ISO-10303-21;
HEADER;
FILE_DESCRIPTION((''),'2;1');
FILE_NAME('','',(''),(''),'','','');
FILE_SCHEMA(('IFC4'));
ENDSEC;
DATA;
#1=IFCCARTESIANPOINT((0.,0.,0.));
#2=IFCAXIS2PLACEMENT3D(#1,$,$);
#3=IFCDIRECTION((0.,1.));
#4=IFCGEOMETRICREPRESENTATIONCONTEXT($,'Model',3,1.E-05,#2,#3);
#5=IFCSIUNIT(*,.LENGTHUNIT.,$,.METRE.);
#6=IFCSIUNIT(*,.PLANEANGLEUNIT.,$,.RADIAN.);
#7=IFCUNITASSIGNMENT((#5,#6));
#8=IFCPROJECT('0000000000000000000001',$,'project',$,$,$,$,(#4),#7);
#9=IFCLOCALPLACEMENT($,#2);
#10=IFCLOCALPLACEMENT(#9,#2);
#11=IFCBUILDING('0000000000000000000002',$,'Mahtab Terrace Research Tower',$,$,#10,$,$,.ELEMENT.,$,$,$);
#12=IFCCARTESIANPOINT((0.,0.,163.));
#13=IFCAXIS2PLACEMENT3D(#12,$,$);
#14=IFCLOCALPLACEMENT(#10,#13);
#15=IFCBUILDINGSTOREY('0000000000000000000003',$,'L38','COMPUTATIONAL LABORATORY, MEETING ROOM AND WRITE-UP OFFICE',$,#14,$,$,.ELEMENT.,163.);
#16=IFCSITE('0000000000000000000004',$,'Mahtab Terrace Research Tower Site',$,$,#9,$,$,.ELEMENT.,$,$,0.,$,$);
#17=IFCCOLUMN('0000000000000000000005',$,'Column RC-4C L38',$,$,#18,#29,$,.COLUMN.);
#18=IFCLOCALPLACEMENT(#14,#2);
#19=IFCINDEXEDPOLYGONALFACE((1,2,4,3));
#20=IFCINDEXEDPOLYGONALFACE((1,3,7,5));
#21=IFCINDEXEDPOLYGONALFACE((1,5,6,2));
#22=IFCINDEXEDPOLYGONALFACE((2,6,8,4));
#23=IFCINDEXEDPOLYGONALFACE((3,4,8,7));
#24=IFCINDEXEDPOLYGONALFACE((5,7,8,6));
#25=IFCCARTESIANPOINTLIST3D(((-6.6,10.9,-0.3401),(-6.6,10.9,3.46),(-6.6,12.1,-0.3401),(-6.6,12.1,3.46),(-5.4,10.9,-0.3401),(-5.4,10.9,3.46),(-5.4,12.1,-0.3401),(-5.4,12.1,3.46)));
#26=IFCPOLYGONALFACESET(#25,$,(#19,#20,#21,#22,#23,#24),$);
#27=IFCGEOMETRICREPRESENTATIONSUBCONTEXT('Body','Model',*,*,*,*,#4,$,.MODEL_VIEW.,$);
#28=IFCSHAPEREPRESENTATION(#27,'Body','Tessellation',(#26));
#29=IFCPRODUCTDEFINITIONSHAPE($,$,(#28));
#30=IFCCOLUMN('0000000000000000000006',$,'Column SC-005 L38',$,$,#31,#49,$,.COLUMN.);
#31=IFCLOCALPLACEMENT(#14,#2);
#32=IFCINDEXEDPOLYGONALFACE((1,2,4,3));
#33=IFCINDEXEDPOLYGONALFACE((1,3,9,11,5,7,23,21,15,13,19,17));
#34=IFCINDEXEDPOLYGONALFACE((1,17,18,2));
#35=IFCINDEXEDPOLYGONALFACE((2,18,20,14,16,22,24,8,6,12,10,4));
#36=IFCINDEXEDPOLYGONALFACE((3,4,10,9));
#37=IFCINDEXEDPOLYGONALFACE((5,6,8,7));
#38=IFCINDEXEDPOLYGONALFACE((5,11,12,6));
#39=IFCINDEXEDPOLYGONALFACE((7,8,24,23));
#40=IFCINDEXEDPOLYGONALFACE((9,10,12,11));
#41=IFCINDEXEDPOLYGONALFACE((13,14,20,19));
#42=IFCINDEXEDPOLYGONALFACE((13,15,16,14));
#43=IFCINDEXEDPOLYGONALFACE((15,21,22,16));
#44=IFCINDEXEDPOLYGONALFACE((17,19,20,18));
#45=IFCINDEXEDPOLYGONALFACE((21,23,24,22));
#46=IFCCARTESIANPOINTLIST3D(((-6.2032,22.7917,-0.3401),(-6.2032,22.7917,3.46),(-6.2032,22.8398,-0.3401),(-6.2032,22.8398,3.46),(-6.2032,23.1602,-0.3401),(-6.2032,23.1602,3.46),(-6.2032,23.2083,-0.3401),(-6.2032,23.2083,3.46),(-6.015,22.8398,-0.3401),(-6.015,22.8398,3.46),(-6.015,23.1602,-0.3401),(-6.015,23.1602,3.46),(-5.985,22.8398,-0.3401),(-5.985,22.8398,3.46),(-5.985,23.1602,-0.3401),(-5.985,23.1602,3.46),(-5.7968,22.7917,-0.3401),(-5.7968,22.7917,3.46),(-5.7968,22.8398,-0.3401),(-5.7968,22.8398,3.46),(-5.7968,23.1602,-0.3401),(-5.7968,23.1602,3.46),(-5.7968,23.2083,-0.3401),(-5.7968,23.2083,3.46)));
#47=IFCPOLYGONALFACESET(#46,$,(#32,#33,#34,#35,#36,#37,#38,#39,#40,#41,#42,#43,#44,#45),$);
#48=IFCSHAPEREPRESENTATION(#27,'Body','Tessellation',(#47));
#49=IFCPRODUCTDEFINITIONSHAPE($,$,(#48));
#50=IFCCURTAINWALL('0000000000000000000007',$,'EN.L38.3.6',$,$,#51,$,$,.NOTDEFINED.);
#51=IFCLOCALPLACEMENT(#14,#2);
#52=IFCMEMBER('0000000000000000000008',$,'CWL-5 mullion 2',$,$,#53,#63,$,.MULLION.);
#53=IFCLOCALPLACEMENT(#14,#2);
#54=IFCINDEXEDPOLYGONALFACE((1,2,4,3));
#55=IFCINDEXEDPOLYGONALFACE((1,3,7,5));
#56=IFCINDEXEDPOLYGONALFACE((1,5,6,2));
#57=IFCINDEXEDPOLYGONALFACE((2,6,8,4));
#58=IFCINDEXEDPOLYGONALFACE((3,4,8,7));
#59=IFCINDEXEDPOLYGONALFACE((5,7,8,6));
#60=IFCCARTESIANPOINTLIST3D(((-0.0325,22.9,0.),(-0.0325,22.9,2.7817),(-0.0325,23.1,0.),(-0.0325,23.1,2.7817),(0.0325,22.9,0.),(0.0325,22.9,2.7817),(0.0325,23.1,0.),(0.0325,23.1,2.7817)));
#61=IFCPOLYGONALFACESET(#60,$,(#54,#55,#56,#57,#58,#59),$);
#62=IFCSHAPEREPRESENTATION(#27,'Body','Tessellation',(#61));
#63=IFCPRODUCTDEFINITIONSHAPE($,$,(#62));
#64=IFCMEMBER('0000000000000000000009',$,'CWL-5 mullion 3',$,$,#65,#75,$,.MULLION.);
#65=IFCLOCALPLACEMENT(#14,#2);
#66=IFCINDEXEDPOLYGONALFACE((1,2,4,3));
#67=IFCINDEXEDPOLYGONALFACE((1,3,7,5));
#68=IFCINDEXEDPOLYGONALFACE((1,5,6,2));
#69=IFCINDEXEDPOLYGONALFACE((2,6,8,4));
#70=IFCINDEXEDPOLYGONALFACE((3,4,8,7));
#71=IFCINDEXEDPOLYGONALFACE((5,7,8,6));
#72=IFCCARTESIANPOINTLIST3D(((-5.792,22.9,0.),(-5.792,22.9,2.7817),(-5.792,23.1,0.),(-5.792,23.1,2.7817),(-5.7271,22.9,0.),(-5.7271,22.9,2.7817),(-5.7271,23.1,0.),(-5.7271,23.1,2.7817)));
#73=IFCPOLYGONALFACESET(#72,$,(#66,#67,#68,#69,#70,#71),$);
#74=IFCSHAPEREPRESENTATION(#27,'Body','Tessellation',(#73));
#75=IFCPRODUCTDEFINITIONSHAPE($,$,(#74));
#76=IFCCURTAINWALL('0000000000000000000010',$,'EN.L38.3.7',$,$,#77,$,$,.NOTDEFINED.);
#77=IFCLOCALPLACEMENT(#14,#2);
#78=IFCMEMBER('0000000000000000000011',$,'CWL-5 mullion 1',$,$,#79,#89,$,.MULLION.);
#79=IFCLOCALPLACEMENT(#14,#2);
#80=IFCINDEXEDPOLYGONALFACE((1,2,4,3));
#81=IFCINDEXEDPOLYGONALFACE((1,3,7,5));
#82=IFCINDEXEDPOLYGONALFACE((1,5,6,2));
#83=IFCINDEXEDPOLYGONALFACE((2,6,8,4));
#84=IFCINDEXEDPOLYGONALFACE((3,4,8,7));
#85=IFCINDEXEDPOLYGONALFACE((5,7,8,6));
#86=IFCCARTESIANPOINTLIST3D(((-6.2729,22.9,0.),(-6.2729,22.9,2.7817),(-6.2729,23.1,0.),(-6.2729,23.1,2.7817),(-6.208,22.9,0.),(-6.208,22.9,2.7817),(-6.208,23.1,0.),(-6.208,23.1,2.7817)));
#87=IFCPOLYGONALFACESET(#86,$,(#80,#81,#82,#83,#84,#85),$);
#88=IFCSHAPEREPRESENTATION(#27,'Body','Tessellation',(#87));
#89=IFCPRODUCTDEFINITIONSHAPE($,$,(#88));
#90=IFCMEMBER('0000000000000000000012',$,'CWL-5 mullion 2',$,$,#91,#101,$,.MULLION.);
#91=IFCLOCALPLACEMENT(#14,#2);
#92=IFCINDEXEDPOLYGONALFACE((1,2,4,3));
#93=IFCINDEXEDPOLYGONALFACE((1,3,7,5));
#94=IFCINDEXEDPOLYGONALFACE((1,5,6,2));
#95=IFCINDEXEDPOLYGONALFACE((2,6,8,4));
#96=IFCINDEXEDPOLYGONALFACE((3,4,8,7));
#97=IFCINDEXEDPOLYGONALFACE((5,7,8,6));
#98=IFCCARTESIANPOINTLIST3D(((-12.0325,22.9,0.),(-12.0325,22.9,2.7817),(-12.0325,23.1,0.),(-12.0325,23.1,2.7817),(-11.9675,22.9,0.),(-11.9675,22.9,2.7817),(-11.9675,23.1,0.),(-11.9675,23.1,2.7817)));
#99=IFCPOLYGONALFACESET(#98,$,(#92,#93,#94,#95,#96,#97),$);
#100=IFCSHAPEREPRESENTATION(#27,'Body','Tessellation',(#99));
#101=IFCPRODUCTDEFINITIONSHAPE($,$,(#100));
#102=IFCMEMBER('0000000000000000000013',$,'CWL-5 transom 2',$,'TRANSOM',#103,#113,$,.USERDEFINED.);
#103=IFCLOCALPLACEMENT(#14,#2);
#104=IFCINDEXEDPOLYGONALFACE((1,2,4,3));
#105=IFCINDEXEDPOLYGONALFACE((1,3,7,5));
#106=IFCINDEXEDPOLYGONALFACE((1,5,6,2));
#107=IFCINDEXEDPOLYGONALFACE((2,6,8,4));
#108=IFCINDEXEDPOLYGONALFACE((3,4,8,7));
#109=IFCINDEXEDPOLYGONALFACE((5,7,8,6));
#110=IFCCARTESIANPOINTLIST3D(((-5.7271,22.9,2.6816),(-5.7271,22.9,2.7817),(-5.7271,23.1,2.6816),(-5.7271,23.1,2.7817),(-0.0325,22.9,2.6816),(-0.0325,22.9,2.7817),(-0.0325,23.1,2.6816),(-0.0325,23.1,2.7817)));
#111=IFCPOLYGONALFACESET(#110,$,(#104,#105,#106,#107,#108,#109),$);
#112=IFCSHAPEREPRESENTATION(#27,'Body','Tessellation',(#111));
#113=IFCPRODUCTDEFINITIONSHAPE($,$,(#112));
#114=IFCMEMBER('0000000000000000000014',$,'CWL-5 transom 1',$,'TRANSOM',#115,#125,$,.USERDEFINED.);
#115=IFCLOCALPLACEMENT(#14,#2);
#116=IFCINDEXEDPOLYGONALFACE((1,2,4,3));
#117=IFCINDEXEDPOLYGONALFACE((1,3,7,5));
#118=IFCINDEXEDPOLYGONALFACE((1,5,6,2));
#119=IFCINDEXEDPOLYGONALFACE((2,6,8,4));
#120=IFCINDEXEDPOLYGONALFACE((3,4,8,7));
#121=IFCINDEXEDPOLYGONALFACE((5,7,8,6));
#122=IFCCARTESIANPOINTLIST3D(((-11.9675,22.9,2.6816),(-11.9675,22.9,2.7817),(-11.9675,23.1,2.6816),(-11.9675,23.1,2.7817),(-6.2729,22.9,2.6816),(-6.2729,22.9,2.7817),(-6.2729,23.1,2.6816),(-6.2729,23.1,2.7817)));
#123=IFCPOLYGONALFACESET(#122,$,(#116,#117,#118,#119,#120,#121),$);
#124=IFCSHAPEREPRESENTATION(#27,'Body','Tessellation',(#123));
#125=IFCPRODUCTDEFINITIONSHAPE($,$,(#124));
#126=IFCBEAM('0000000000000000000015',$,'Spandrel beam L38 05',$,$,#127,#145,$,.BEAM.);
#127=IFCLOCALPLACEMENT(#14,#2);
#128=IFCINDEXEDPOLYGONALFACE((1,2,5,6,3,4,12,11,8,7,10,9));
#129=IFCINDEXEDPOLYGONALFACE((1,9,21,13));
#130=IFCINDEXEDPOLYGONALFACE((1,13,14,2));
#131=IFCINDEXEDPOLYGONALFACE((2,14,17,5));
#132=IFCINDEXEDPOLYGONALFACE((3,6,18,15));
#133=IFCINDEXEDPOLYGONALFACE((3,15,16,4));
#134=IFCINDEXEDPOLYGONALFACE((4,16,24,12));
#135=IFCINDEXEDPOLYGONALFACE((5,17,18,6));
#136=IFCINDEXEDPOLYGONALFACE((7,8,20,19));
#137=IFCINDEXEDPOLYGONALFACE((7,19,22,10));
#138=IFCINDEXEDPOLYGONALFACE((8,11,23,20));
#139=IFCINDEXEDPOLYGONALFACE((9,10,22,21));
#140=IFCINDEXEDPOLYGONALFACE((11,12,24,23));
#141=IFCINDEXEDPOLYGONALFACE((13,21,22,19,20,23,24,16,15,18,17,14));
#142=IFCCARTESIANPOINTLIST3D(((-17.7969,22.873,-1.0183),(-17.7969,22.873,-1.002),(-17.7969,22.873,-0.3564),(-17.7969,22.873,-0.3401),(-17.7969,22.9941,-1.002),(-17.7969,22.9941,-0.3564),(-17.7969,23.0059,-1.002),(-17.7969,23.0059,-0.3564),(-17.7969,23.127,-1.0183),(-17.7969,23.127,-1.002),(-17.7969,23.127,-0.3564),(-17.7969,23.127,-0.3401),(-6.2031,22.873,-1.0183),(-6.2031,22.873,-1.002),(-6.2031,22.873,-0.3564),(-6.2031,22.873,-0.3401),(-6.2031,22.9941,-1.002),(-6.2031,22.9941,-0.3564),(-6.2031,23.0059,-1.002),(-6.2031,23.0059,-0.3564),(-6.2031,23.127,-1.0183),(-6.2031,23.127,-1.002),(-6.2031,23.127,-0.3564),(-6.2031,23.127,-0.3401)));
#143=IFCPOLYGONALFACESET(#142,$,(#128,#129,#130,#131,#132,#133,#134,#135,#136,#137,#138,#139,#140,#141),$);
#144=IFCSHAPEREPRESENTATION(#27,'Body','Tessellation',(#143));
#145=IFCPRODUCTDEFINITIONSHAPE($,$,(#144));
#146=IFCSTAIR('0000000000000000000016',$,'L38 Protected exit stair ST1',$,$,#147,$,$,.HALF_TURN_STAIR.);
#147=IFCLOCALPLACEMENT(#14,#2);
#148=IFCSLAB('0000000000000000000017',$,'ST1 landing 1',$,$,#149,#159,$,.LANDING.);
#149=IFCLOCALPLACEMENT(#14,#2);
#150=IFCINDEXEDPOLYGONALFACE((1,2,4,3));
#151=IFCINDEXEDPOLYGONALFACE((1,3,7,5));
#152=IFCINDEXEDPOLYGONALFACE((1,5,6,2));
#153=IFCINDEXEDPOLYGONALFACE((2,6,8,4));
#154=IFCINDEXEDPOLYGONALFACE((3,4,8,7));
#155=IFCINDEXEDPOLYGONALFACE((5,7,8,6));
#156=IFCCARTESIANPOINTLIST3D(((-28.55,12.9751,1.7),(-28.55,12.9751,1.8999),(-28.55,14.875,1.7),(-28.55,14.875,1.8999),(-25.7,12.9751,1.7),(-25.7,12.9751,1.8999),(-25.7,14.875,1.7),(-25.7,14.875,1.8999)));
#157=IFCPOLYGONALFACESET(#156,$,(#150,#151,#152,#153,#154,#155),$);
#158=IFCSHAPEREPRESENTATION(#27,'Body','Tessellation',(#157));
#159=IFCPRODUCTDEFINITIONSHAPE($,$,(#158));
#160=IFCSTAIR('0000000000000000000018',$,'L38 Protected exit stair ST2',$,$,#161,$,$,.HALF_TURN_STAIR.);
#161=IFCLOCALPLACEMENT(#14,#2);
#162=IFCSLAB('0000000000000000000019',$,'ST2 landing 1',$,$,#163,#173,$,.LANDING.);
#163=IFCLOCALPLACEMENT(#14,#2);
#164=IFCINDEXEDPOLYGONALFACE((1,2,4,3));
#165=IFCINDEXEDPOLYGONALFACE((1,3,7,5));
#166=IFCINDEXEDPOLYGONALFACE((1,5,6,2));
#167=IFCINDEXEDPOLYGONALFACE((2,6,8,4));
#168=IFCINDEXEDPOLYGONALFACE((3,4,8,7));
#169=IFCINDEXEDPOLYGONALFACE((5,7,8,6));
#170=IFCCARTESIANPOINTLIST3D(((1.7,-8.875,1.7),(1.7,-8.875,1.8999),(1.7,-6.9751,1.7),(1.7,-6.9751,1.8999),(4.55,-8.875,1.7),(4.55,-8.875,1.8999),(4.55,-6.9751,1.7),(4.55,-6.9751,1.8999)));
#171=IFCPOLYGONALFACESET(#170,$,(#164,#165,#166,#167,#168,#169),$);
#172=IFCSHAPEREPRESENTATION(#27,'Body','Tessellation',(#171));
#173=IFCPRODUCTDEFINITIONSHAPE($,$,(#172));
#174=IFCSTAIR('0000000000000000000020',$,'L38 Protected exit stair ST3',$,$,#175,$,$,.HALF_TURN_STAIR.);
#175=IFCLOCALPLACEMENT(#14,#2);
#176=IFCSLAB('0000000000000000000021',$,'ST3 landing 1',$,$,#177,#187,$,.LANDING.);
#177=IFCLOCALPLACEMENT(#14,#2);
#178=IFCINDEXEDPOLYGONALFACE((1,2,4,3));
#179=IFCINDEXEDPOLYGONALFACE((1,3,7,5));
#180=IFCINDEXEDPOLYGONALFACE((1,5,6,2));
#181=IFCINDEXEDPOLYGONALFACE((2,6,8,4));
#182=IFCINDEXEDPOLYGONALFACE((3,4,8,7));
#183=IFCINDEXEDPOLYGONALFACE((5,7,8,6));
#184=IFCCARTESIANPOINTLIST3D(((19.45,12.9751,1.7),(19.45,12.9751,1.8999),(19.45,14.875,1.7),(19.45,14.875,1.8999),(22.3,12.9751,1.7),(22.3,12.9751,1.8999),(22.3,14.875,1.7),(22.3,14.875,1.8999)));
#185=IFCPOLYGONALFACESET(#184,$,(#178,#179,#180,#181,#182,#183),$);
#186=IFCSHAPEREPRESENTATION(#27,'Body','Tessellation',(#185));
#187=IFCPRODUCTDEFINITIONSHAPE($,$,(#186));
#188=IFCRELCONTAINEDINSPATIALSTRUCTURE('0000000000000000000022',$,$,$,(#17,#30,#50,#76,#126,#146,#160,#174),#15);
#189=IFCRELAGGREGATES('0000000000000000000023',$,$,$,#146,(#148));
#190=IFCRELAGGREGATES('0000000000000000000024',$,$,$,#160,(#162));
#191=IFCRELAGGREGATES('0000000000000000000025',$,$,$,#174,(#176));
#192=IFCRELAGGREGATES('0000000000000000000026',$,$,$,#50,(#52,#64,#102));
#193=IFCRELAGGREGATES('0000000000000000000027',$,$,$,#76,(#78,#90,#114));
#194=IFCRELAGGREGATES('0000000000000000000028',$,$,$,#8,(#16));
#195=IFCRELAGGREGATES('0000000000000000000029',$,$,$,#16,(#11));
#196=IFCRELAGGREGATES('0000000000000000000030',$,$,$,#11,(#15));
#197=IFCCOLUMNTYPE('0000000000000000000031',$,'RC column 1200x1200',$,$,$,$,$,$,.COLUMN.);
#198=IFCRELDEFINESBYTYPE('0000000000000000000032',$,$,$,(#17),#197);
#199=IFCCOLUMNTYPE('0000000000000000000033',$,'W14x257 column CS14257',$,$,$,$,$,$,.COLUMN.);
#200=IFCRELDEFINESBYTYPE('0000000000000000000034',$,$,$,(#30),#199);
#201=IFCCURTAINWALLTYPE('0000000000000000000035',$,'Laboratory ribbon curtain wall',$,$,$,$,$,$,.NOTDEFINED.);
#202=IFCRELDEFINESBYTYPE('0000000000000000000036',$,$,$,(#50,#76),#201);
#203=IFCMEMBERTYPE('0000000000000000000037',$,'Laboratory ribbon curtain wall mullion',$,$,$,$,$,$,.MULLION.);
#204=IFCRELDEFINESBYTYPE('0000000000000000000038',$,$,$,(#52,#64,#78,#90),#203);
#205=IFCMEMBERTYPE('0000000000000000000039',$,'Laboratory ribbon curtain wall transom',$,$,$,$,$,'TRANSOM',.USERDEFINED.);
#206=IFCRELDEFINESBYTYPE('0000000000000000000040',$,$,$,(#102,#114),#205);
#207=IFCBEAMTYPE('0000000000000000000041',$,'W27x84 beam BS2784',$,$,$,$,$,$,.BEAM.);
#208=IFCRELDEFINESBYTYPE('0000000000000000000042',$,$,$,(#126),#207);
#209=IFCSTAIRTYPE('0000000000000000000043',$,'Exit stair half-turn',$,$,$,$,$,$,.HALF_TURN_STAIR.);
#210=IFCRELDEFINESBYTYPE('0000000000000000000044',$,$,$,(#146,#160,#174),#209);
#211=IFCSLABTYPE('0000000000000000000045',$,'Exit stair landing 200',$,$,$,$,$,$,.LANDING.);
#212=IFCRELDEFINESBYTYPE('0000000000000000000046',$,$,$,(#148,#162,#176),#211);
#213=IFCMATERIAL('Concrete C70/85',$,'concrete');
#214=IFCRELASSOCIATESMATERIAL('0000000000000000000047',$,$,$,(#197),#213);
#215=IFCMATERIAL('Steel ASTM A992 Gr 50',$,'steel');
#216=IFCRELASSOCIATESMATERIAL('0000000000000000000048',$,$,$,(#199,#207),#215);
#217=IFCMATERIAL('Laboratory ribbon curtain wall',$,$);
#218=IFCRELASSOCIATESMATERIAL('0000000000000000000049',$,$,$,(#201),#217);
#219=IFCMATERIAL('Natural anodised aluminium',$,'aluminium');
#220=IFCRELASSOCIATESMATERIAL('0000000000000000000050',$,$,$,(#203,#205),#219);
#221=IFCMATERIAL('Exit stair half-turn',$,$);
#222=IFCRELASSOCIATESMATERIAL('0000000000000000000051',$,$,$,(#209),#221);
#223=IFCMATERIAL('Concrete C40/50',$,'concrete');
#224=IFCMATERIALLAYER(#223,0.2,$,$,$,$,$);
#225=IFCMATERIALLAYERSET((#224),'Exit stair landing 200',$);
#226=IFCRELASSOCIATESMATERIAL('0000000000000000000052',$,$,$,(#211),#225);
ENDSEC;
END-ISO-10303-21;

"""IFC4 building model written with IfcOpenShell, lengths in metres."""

from ifc_helpers import new_model, si_unit, direction, frame, origin, origin_2d, place, context, subcontext, project, spatial, polyline, rectangle, i_section, outline, extrude, material, layer, layer_set, material_profile, profile_set, type_object, element, aggregate, save


model = new_model("IFC4")

# Units and contexts
model_context = context("Model", 3, precision=1e-05, world=origin(), true_north=direction((0.0, 1.0)))
body_context = subcontext(model_context, "Body", "Model", "MODEL_VIEW")
ifc_project = project(units=[si_unit("LENGTHUNIT", "METRE"), si_unit("PLANEANGLEUNIT", "RADIAN")], contexts=[model_context])

# Site, building, storey
site_placement = place(None, origin())
site = spatial("IfcSite", under=ifc_project, at=site_placement, Name="Mahtab Terrace Research Tower Site", CompositionType="ELEMENT", RefElevation=0.0)
building_placement = place(site_placement, origin())
building = spatial("IfcBuilding", under=site, at=building_placement, Name="Mahtab Terrace Research Tower", CompositionType="ELEMENT")
storey_placement = place(building_placement, frame((0.0, 0.0, 163.0)))
storey = spatial("IfcBuildingStorey", under=building, at=storey_placement, Name="L38", Description="COMPUTATIONAL LABORATORY, MEETING ROOM AND WRITE-UP OFFICE", CompositionType="ELEMENT", Elevation=163.0)

# Columns
ifc_material_1 = material(Name="Concrete C70/85", Category="concrete")
ifc_material_profile_1 = material_profile(ifc_material_1, rectangle(XDim=1.2, YDim=1.2, at=origin_2d()), Name="RC column 1200x1200")
ifc_profile_set_1 = profile_set([ifc_material_profile_1], Name="Concrete C70/85")
column_type_1 = type_object("IfcColumnType", Name="RC column 1200x1200", PredefinedType="COLUMN", material=ifc_profile_set_1)
column_1_placement = place(storey_placement, frame((-6.0, 11.5, -0.3401), z_axis=(0.0, 0.0, 1.0), x_axis=(1.0, 0.0, 0.0)))
element("IfcColumn", 1, at=column_1_placement, inside=storey, type_object=column_type_1, Name="Column RC-4C L38", PredefinedType="COLUMN", context=body_context, shape_type="SweptSolid", body=[
    extrude(rectangle(XDim=1.2, YDim=1.2, at=origin_2d()), origin(), (0.0, 0.0, 1.0), 3.8),
])
ifc_material_2 = material(Name="Steel ASTM A992 Gr 50", Category="steel")
ifc_material_profile_2 = material_profile(ifc_material_2, i_section(OverallWidth=0.4065, OverallDepth=0.4165, WebThickness=0.03, FlangeThickness=0.0481, at=origin_2d()), Name="W14X257")
ifc_profile_set_2 = profile_set([ifc_material_profile_2], Name="Steel ASTM A992 Gr 50")
column_type_2 = type_object("IfcColumnType", Name="W14x257 column CS14257", PredefinedType="COLUMN", material=ifc_profile_set_2)
column_2_placement = place(storey_placement, frame((-6.0, 23.0, -0.3401), z_axis=(0.0, 0.0, 1.0), x_axis=(1.0, 0.0, 0.0)))
element("IfcColumn", 2, at=column_2_placement, inside=storey, type_object=column_type_2, Name="Column SC-005 L38", PredefinedType="COLUMN", context=body_context, shape_type="SweptSolid", body=[
    extrude(i_section(OverallWidth=0.4065, OverallDepth=0.4165, WebThickness=0.03, FlangeThickness=0.0481, at=origin_2d()), origin(), (0.0, 0.0, 1.0), 3.8),
])

# Curtain walls, members
ifc_material_3 = material(Name="Laboratory ribbon curtain wall")
curtain_wall_type = type_object("IfcCurtainWallType", Name="Laboratory ribbon curtain wall", PredefinedType="NOTDEFINED", material=ifc_material_3)
curtain_wall_1_placement = place(storey_placement, origin())
curtain_wall_1 = element("IfcCurtainWall", 3, at=curtain_wall_1_placement, inside=storey, type_object=curtain_wall_type, Name="EN.L38.3.6", PredefinedType="NOTDEFINED")
ifc_material_4 = material(Name="Natural anodised aluminium", Category="aluminium")
ifc_material_profile_3 = material_profile(ifc_material_4, rectangle(XDim=0.2, YDim=0.0649, at=origin_2d()), Name="MULLION 65x200")
ifc_profile_set_3 = profile_set([ifc_material_profile_3], Name="Natural anodised aluminium")
member_type_1 = type_object("IfcMemberType", Name="Laboratory ribbon curtain wall mullion", PredefinedType="MULLION", material=ifc_profile_set_3)
member_1_placement = place(storey_placement, frame((0.0, 23.0, 0.0), z_axis=(0.0, 0.0, 1.0), x_axis=(0.0, -1.0, 0.0)))
member_1 = element("IfcMember", 4, at=member_1_placement, type_object=member_type_1, Name="CWL-5 mullion 2", PredefinedType="MULLION", context=body_context, shape_type="SweptSolid", body=[
    extrude(rectangle(XDim=0.2, YDim=0.0649, at=origin_2d()), origin(), (0.0, 0.0, 1.0), 2.7817),
])
member_2_placement = place(storey_placement, frame((-5.7595, 23.0, 0.0), z_axis=(0.0, 0.0, 1.0), x_axis=(0.0, -1.0, 0.0)))
member_2 = element("IfcMember", 5, at=member_2_placement, type_object=member_type_1, Name="CWL-5 mullion 3", PredefinedType="MULLION", context=body_context, shape_type="SweptSolid", body=[
    extrude(rectangle(XDim=0.2, YDim=0.0649, at=origin_2d()), origin(), (0.0, 0.0, 1.0), 2.7817),
])
curtain_wall_2_placement = place(storey_placement, origin())
curtain_wall_2 = element("IfcCurtainWall", 6, at=curtain_wall_2_placement, inside=storey, type_object=curtain_wall_type, Name="EN.L38.3.7", PredefinedType="NOTDEFINED")
member_3_placement = place(storey_placement, frame((-6.2405, 23.0, 0.0), z_axis=(0.0, 0.0, 1.0), x_axis=(0.0, -1.0, 0.0)))
member_3 = element("IfcMember", 7, at=member_3_placement, type_object=member_type_1, Name="CWL-5 mullion 1", PredefinedType="MULLION", context=body_context, shape_type="SweptSolid", body=[
    extrude(rectangle(XDim=0.2, YDim=0.0649, at=origin_2d()), origin(), (0.0, 0.0, 1.0), 2.7817),
])
member_4_placement = place(storey_placement, frame((-12.0, 23.0, 0.0), z_axis=(0.0, 0.0, 1.0), x_axis=(0.0, -1.0, 0.0)))
member_4 = element("IfcMember", 8, at=member_4_placement, type_object=member_type_1, Name="CWL-5 mullion 2", PredefinedType="MULLION", context=body_context, shape_type="SweptSolid", body=[
    extrude(rectangle(XDim=0.2, YDim=0.0649, at=origin_2d()), origin(), (0.0, 0.0, 1.0), 2.7817),
])

# Members
ifc_material_profile_4 = material_profile(ifc_material_4, rectangle(XDim=0.2, YDim=0.1001, at=origin_2d()), Name="TRANSOM 100x200")
ifc_profile_set_4 = profile_set([ifc_material_profile_4], Name="Natural anodised aluminium")
member_type_2 = type_object("IfcMemberType", Name="Laboratory ribbon curtain wall transom", ElementType="TRANSOM", PredefinedType="USERDEFINED", material=ifc_profile_set_4)
member_5_placement = place(storey_placement, frame((-0.0325, 23.0, 2.7317), z_axis=(-1.0, 0.0, 0.0), x_axis=(0.0, -1.0, 0.0)))
member_5 = element("IfcMember", 9, at=member_5_placement, type_object=member_type_2, Name="CWL-5 transom 2", ObjectType="TRANSOM", PredefinedType="USERDEFINED", context=body_context, shape_type="SweptSolid", body=[
    extrude(rectangle(XDim=0.2, YDim=0.1001, at=origin_2d()), origin(), (0.0, 0.0, 1.0), 5.6946),
])
member_6_placement = place(storey_placement, frame((-6.2729, 23.0, 2.7317), z_axis=(-1.0, 0.0, 0.0), x_axis=(0.0, -1.0, 0.0)))
member_6 = element("IfcMember", 10, at=member_6_placement, type_object=member_type_2, Name="CWL-5 transom 1", ObjectType="TRANSOM", PredefinedType="USERDEFINED", context=body_context, shape_type="SweptSolid", body=[
    extrude(rectangle(XDim=0.2, YDim=0.1001, at=origin_2d()), origin(), (0.0, 0.0, 1.0), 5.6946),
])

# Beam
ifc_material_profile_5 = material_profile(ifc_material_2, i_section(OverallWidth=0.2539, OverallDepth=0.6782, WebThickness=0.0117, FlangeThickness=0.0164, at=origin_2d()), Name="W27X84")
ifc_profile_set_5 = profile_set([ifc_material_profile_5], Name="Steel ASTM A992 Gr 50")
beam_type = type_object("IfcBeamType", Name="W27x84 beam BS2784", PredefinedType="BEAM", material=ifc_profile_set_5)
beam_placement = place(storey_placement, frame((-6.2031, 23.0, -0.6792), z_axis=(-1.0, 0.0, 0.0), x_axis=(0.0, -1.0, 0.0)))
element("IfcBeam", 11, at=beam_placement, inside=storey, type_object=beam_type, Name="Spandrel beam L38 05", PredefinedType="BEAM", context=body_context, shape_type="SweptSolid", body=[
    extrude(i_section(OverallWidth=0.2539, OverallDepth=0.6782, WebThickness=0.0117, FlangeThickness=0.0164, at=origin_2d()), origin(), (0.0, 0.0, 1.0), 11.5938),
])

# Stairs, slabs
ifc_material_5 = material(Name="Exit stair half-turn")
stair_type = type_object("IfcStairType", Name="Exit stair half-turn", PredefinedType="HALF_TURN_STAIR", material=ifc_material_5)
stair_1_placement = place(storey_placement, origin())
stair_1 = element("IfcStair", 12, at=stair_1_placement, inside=storey, type_object=stair_type, Name="L38 Protected exit stair ST1", PredefinedType="HALF_TURN_STAIR")
ifc_material_6 = material(Name="Concrete C40/50", Category="concrete")
ifc_layer_1 = layer(ifc_material_6, 0.2)
ifc_layer_set_1 = layer_set([ifc_layer_1], Name="Exit stair landing 200")
slab_type = type_object("IfcSlabType", Name="Exit stair landing 200", PredefinedType="LANDING", material=ifc_layer_set_1)
slab_1_placement = place(storey_placement, frame((0.0, 0.0, 1.7)))
slab_1 = element("IfcSlab", 13, at=slab_1_placement, type_object=slab_type, Name="ST1 landing 1", PredefinedType="LANDING", context=body_context, shape_type="SweptSolid", body=[
    extrude(outline(polyline([(-25.7, 12.9751), (-25.7, 14.875), (-28.55, 14.875), (-28.55, 12.9751), (-25.7, 12.9751)])), origin(), (0.0, 0.0, 1.0), 0.2),
])
aggregate(stair_1, [slab_1])
stair_2_placement = place(storey_placement, origin())
stair_2 = element("IfcStair", 14, at=stair_2_placement, inside=storey, type_object=stair_type, Name="L38 Protected exit stair ST2", PredefinedType="HALF_TURN_STAIR")
slab_2_placement = place(storey_placement, frame((0.0, 0.0, 1.7)))
slab_2 = element("IfcSlab", 15, at=slab_2_placement, type_object=slab_type, Name="ST2 landing 1", PredefinedType="LANDING", context=body_context, shape_type="SweptSolid", body=[
    extrude(outline(polyline([(1.7, -6.9751), (1.7, -8.875), (4.55, -8.875), (4.55, -6.9751), (1.7, -6.9751)])), origin(), (0.0, 0.0, 1.0), 0.2),
])
aggregate(stair_2, [slab_2])
stair_3_placement = place(storey_placement, origin())
stair_3 = element("IfcStair", 16, at=stair_3_placement, inside=storey, type_object=stair_type, Name="L38 Protected exit stair ST3", PredefinedType="HALF_TURN_STAIR")
slab_3_placement = place(storey_placement, frame((0.0, 0.0, 1.7)))
slab_3 = element("IfcSlab", 17, at=slab_3_placement, type_object=slab_type, Name="ST3 landing 1", PredefinedType="LANDING", context=body_context, shape_type="SweptSolid", body=[
    extrude(outline(polyline([(22.3, 12.9751), (22.3, 14.875), (19.45, 14.875), (19.45, 12.9751), (22.3, 12.9751)])), origin(), (0.0, 0.0, 1.0), 0.2),
])
aggregate(stair_3, [slab_3])

aggregate(curtain_wall_1, [member_1, member_2, member_5])
aggregate(curtain_wall_2, [member_3, member_4, member_6])

save(model, "model.ifc")
